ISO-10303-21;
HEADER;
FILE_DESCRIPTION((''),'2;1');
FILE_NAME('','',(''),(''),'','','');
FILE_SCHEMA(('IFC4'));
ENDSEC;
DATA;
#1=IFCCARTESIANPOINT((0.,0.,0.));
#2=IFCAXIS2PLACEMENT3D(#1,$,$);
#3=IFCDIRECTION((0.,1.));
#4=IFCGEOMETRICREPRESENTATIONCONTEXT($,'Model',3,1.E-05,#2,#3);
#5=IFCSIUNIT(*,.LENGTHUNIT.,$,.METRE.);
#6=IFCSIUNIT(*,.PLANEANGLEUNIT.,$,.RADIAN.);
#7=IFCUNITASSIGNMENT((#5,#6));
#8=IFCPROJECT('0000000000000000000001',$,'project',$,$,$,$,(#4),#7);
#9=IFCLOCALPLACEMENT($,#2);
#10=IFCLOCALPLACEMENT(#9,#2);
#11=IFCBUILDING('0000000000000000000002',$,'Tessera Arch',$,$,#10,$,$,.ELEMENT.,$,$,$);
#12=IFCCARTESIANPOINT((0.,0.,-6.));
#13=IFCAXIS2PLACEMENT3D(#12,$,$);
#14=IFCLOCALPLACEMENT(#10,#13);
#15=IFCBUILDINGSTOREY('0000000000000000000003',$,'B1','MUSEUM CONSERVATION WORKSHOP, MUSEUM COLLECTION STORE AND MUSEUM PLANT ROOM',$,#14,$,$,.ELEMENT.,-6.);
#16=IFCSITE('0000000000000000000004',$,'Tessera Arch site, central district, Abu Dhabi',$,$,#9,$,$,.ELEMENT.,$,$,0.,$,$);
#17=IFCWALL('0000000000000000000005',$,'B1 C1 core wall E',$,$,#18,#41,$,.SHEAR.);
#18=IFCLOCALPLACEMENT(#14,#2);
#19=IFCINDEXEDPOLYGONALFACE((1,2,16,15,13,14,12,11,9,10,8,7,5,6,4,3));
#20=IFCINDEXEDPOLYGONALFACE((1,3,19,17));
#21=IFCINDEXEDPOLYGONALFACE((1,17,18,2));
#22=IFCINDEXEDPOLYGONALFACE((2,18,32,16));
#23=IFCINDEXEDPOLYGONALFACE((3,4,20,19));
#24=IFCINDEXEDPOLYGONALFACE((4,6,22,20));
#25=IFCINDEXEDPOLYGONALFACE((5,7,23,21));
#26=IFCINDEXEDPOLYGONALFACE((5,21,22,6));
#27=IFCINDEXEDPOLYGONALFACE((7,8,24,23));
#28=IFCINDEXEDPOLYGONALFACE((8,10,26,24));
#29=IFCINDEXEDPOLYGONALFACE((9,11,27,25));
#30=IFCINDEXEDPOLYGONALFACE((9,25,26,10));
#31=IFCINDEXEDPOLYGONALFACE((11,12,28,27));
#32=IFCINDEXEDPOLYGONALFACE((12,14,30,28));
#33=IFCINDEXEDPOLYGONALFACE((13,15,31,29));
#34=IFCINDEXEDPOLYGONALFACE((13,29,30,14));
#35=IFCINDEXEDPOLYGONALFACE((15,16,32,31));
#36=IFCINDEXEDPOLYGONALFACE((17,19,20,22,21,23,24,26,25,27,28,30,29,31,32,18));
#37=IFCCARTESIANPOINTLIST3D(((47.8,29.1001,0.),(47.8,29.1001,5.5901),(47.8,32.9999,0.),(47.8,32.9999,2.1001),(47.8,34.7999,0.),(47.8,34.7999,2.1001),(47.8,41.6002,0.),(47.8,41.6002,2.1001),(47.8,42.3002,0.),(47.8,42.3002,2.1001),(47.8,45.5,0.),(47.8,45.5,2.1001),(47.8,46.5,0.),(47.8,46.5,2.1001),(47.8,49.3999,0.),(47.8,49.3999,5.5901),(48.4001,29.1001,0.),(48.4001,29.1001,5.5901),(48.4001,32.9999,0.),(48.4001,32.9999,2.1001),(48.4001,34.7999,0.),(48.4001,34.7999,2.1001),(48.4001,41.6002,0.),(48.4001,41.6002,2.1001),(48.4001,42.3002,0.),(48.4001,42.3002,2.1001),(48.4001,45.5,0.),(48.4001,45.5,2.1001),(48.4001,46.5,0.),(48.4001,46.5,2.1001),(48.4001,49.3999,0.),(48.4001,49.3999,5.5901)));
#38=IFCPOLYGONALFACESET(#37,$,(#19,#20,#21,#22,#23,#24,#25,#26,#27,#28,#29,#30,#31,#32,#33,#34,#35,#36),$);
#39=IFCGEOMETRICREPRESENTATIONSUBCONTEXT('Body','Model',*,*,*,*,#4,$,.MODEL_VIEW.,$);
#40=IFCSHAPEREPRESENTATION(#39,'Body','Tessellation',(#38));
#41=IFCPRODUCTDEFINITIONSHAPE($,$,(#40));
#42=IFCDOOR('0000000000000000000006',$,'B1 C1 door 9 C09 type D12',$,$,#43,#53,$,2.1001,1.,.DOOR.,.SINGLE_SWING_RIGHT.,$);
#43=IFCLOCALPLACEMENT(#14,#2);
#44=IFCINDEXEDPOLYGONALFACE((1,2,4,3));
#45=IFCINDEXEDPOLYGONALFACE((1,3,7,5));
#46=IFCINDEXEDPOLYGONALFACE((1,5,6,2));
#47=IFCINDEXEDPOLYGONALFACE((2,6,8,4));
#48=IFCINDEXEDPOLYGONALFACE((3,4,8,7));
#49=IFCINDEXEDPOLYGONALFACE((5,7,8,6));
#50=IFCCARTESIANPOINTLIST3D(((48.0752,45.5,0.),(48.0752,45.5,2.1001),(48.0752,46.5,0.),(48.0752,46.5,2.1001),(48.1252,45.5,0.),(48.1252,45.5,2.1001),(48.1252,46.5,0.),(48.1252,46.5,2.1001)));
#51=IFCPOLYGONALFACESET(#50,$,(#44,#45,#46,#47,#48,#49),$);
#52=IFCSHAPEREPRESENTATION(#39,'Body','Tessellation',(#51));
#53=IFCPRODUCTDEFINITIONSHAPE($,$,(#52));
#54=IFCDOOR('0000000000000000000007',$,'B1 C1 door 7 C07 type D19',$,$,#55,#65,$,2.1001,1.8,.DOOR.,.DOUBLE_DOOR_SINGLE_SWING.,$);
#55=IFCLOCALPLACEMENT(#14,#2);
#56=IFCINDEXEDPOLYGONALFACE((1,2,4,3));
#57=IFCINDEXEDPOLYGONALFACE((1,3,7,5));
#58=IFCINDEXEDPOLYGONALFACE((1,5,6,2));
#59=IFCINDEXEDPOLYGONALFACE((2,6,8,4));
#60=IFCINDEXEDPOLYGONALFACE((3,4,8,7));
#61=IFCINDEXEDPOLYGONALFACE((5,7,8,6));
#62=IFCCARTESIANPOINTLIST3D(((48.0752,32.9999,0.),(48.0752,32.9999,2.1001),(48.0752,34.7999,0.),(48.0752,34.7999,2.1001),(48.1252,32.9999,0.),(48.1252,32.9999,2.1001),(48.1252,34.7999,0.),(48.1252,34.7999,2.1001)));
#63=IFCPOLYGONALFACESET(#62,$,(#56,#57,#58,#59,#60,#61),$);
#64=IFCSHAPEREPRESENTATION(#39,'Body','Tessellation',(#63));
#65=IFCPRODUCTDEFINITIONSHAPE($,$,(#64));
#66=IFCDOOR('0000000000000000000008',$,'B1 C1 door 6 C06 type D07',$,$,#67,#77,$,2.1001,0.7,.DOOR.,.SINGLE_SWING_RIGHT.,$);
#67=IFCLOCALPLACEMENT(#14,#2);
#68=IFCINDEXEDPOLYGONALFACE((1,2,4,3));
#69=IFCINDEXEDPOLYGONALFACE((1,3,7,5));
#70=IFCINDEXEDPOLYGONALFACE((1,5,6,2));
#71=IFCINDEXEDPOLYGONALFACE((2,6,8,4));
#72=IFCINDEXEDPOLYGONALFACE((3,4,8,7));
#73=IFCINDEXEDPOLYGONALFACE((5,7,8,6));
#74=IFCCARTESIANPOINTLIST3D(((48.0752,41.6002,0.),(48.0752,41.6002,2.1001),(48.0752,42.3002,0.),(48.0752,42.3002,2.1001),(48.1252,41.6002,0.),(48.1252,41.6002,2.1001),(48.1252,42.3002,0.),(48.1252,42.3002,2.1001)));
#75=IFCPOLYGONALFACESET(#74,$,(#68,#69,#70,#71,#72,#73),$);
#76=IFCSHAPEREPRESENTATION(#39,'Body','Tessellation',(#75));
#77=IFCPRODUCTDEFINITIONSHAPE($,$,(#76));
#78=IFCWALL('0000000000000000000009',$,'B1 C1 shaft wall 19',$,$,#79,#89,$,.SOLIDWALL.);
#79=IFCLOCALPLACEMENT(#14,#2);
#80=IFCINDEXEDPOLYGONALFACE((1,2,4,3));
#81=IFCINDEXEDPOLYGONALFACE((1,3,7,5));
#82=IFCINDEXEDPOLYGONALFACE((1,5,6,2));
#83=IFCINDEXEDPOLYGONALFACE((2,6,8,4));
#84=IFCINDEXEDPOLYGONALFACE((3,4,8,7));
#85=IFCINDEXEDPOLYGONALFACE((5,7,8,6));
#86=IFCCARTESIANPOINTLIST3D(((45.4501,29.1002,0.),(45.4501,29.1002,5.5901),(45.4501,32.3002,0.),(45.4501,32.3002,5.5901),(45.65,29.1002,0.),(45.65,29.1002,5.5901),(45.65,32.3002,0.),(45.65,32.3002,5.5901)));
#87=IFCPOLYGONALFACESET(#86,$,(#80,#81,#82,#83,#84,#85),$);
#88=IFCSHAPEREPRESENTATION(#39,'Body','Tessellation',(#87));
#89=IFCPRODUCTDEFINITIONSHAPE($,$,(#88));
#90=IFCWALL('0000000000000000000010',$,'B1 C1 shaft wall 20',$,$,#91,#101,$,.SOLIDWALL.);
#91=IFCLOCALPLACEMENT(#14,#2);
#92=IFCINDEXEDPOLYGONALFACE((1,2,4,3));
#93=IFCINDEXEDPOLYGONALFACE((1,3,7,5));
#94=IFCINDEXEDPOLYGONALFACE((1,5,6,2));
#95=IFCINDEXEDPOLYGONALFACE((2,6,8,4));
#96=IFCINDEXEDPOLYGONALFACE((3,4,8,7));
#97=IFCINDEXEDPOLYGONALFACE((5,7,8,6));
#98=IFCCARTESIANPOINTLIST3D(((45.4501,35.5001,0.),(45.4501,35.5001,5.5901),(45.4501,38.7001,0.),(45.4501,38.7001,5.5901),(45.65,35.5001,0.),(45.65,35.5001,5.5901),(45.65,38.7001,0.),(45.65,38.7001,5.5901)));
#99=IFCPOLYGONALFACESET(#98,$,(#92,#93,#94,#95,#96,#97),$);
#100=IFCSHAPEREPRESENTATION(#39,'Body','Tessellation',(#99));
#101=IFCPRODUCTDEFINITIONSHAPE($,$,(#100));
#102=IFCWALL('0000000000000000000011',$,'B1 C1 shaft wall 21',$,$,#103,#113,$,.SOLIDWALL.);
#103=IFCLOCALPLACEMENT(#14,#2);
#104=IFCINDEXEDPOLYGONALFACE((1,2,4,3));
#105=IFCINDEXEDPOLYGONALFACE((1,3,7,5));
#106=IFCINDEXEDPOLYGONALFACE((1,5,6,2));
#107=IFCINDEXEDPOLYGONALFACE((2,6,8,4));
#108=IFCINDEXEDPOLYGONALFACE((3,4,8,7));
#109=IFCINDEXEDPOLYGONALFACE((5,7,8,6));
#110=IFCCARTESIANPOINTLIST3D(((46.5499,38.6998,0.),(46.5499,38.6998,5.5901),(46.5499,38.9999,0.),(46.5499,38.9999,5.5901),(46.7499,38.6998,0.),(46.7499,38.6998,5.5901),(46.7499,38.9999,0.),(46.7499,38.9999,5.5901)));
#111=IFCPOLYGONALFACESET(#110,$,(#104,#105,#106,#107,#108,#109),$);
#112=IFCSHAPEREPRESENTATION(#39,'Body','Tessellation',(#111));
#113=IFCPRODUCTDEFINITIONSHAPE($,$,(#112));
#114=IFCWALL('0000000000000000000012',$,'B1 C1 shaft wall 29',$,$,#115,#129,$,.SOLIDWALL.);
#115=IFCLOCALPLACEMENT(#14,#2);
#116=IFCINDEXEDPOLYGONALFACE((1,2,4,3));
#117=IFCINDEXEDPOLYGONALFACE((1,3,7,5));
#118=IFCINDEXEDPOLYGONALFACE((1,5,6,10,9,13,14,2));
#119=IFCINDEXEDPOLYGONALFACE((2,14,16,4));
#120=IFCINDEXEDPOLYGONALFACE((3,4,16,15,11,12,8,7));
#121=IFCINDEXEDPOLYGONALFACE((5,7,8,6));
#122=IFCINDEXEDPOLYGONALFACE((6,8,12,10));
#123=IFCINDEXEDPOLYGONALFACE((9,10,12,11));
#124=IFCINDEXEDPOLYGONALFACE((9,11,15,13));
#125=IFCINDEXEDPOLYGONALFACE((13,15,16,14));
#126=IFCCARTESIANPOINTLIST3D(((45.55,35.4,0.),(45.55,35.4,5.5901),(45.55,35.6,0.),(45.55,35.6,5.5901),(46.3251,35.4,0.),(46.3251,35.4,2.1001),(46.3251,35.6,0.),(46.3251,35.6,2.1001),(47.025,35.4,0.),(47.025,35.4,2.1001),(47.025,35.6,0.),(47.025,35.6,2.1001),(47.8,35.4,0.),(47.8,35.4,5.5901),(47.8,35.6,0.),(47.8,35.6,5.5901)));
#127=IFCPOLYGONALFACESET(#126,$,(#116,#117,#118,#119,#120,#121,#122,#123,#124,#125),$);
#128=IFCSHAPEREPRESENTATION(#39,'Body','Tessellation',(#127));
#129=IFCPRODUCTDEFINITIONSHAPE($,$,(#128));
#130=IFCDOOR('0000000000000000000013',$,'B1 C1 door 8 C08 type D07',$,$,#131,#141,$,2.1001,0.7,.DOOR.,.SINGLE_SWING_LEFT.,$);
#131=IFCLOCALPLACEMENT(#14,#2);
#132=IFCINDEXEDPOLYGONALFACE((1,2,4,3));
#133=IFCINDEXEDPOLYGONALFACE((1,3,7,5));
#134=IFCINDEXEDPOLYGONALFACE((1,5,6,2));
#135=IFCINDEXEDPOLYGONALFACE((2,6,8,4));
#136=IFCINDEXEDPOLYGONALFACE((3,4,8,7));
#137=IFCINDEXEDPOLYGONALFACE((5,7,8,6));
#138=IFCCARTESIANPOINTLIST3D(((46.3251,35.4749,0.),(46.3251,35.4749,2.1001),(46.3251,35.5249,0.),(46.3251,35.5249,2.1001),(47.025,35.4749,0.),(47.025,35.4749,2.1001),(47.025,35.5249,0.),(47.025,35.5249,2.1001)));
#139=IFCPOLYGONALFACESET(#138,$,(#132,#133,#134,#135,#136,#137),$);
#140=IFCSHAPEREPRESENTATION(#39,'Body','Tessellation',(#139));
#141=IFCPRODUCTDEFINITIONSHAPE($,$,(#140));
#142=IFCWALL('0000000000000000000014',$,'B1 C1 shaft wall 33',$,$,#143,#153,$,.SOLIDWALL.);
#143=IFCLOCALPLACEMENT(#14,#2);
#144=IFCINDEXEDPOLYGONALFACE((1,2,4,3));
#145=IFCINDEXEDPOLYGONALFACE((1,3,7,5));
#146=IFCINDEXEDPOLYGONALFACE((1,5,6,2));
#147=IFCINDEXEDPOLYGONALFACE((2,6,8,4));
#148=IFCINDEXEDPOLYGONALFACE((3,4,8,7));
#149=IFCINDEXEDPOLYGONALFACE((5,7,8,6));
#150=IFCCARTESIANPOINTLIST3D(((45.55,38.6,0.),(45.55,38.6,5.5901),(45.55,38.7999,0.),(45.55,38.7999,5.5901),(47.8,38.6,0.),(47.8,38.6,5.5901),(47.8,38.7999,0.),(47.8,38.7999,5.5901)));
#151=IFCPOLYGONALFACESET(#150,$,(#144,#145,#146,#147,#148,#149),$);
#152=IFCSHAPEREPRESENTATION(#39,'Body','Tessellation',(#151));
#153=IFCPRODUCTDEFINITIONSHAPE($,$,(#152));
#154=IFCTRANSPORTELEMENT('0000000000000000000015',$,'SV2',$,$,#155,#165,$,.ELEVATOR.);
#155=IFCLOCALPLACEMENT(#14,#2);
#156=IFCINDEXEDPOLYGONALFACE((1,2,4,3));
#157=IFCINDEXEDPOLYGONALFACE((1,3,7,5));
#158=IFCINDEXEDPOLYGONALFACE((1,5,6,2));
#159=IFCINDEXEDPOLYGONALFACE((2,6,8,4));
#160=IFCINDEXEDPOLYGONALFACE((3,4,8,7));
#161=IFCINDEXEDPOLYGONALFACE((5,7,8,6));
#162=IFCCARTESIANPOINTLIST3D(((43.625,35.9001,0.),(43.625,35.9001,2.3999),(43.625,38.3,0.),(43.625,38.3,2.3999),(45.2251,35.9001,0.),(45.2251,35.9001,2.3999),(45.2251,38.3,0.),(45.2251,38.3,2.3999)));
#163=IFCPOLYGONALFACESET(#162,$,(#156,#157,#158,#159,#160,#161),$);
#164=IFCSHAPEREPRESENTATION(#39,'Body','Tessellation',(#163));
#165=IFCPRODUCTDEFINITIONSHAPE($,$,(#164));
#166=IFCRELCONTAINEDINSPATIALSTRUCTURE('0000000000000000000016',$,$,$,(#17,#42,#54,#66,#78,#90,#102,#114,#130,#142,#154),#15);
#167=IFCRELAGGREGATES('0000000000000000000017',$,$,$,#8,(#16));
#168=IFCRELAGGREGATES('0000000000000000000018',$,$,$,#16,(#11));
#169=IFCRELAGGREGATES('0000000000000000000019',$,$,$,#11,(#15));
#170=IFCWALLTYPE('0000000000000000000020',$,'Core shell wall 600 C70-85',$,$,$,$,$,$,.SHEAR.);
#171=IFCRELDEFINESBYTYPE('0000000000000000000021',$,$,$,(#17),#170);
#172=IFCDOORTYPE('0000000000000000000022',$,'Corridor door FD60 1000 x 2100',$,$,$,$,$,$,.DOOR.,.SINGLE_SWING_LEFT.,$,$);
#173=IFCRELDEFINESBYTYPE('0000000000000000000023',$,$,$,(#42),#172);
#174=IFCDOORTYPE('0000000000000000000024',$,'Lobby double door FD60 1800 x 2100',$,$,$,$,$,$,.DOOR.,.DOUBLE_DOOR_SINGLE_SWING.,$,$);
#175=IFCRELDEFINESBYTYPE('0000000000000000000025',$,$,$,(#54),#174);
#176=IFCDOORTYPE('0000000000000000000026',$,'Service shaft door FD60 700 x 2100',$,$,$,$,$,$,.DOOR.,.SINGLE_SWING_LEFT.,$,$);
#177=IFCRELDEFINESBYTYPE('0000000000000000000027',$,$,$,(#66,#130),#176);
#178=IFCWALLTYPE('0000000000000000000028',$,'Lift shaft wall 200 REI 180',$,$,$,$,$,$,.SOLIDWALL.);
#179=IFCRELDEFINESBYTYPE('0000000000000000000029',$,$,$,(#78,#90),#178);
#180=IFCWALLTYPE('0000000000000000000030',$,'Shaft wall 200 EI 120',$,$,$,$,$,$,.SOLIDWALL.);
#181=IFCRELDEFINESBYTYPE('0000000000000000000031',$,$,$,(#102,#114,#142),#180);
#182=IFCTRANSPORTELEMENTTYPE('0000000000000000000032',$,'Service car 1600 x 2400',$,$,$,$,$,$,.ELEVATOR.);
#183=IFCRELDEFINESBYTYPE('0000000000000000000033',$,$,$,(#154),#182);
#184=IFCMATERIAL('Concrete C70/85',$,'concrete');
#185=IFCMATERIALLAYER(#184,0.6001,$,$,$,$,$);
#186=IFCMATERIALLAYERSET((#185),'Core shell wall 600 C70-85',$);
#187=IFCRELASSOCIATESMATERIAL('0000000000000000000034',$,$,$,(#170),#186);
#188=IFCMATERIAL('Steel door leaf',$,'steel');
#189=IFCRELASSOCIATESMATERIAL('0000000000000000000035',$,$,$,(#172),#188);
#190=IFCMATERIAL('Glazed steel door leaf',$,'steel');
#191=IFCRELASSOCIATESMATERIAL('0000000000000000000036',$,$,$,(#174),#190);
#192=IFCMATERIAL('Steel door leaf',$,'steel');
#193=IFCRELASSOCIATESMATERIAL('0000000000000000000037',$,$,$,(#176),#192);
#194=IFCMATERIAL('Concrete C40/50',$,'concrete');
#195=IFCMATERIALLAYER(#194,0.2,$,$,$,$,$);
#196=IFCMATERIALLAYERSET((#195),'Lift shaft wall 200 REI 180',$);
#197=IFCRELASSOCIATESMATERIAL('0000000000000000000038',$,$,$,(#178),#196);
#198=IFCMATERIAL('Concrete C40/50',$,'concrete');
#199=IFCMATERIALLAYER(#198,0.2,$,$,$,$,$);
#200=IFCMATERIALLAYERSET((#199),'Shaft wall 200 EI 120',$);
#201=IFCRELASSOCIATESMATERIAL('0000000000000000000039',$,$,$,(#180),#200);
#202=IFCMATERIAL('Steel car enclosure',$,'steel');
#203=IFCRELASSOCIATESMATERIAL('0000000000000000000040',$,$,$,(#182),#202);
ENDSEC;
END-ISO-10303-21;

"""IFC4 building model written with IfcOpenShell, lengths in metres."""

from ifc_helpers import new_model, si_unit, direction, frame, frame_2d, origin, origin_2d, place, context, subcontext, project, spatial, rectangle, extrude, material, layer, layer_set, type_object, element, fill, save


model = new_model("IFC4")

# Units and contexts
model_context = context("Model", 3, precision=1e-05, world=origin(), true_north=direction((0.0, 1.0)))
body_context = subcontext(model_context, "Body", "Model", "MODEL_VIEW")
ifc_project = project(units=[si_unit("LENGTHUNIT", "METRE"), si_unit("PLANEANGLEUNIT", "RADIAN")], contexts=[model_context])

# Site, building, storey
site_placement = place(None, origin())
site = spatial("IfcSite", under=ifc_project, at=site_placement, Name="Tessera Arch site, central district, Abu Dhabi", CompositionType="ELEMENT", RefElevation=0.0)
building_placement = place(site_placement, origin())
building = spatial("IfcBuilding", under=site, at=building_placement, Name="Tessera Arch", CompositionType="ELEMENT")
storey_placement = place(building_placement, frame((0.0, 0.0, -6.0)))
storey = spatial("IfcBuildingStorey", under=building, at=storey_placement, Name="B1", Description="MUSEUM CONSERVATION WORKSHOP, MUSEUM COLLECTION STORE AND MUSEUM PLANT ROOM", CompositionType="ELEMENT", Elevation=-6.0)

# Wall, openings, doors
ifc_material_1 = material(Name="Concrete C70/85", Category="concrete")
ifc_layer_1 = layer(ifc_material_1, 0.6001)
ifc_layer_set_1 = layer_set([ifc_layer_1], Name="Core shell wall 600 C70-85")
wall_type_1 = type_object("IfcWallType", Name="Core shell wall 600 C70-85", PredefinedType="SHEAR", material=ifc_layer_set_1)
wall_1_placement = place(storey_placement, frame((48.1001, 29.1001, 0.0), z_axis=(0.0, 0.0, 1.0), x_axis=(0.0, 1.0, 0.0)))
wall_1 = element("IfcWall", 1, at=wall_1_placement, inside=storey, type_object=wall_type_1, Name="B1 C1 core wall E", PredefinedType="SHEAR", context=body_context, shape_type="SweptSolid", body=[
    extrude(rectangle(XDim=20.2998, YDim=0.6001, at=frame_2d((10.1499, 0.0))), origin(), (0.0, 0.0, 1.0), 5.5901),
])
opening_1_placement = place(wall_1_placement, frame((12.5, 0.0, 0.0)))
opening_1 = element("IfcOpeningElement", 2, at=opening_1_placement, cuts=wall_1, PredefinedType="OPENING", context=body_context, shape_type="SweptSolid", body=[
    extrude(rectangle(XDim=0.7, YDim=2.1001, at=frame_2d((0.3501, 1.05))), frame((0.0, 0.3101, 0.0), z_axis=(0.0, -1.0, 0.0), x_axis=(1.0, 0.0, 0.0)), (0.0, 0.0, 1.0), 0.6201),
])
opening_2_placement = place(wall_1_placement, frame((3.8999, 0.0, 0.0)))
opening_2 = element("IfcOpeningElement", 3, at=opening_2_placement, cuts=wall_1, PredefinedType="OPENING", context=body_context, shape_type="SweptSolid", body=[
    extrude(rectangle(XDim=1.8, YDim=2.1001, at=frame_2d((0.8999, 1.05))), frame((0.0, 0.3101, 0.0), z_axis=(0.0, -1.0, 0.0), x_axis=(1.0, 0.0, 0.0)), (0.0, 0.0, 1.0), 0.6201),
])
opening_3_placement = place(wall_1_placement, frame((16.3999, 0.0, 0.0)))
opening_3 = element("IfcOpeningElement", 4, at=opening_3_placement, cuts=wall_1, PredefinedType="OPENING", context=body_context, shape_type="SweptSolid", body=[
    extrude(rectangle(XDim=1.0, YDim=2.1001, at=frame_2d((0.5, 1.05))), frame((0.0, 0.3101, 0.0), z_axis=(0.0, -1.0, 0.0), x_axis=(1.0, 0.0, 0.0)), (0.0, 0.0, 1.0), 0.6201),
])
ifc_material_2 = material(Name="Steel door leaf", Category="steel")
door_type_1 = type_object("IfcDoorType", Name="Corridor door FD60 1000 x 2100", OperationType="SINGLE_SWING_LEFT", PredefinedType="DOOR", material=ifc_material_2)
door_1_placement = place(opening_3_placement, origin())
door_1 = element("IfcDoor", 5, at=door_1_placement, inside=storey, type_object=door_type_1, Name="B1 C1 door 9 C09 type D12", OperationType="SINGLE_SWING_RIGHT", OverallHeight=2.1001, OverallWidth=1.0, PredefinedType="DOOR", context=body_context, shape_type="SweptSolid", body=[
    extrude(rectangle(XDim=1.0, YDim=2.1001, at=frame_2d((0.5, 1.05))), frame((0.0, 0.0249, 0.0), z_axis=(0.0, -1.0, 0.0), x_axis=(1.0, 0.0, 0.0)), (0.0, 0.0, 1.0), 0.05),
])
fill(opening_3, door_1)
ifc_material_3 = material(Name="Glazed steel door leaf", Category="steel")
door_type_2 = type_object("IfcDoorType", Name="Lobby double door FD60 1800 x 2100", OperationType="DOUBLE_DOOR_SINGLE_SWING", PredefinedType="DOOR", material=ifc_material_3)
door_2_placement = place(opening_2_placement, origin())
door_2 = element("IfcDoor", 6, at=door_2_placement, inside=storey, type_object=door_type_2, Name="B1 C1 door 7 C07 type D19", OperationType="DOUBLE_DOOR_SINGLE_SWING", OverallHeight=2.1001, OverallWidth=1.8, PredefinedType="DOOR", context=body_context, shape_type="SweptSolid", body=[
    extrude(rectangle(XDim=1.8, YDim=2.1001, at=frame_2d((0.8999, 1.05))), frame((0.0, 0.0249, 0.0), z_axis=(0.0, -1.0, 0.0), x_axis=(1.0, 0.0, 0.0)), (0.0, 0.0, 1.0), 0.05),
])
fill(opening_2, door_2)
ifc_material_4 = material(Name="Steel door leaf", Category="steel")
door_type_3 = type_object("IfcDoorType", Name="Service shaft door FD60 700 x 2100", OperationType="SINGLE_SWING_LEFT", PredefinedType="DOOR", material=ifc_material_4)
door_3_placement = place(opening_1_placement, origin())
door_3 = element("IfcDoor", 7, at=door_3_placement, inside=storey, type_object=door_type_3, Name="B1 C1 door 6 C06 type D07", OperationType="SINGLE_SWING_RIGHT", OverallHeight=2.1001, OverallWidth=0.7, PredefinedType="DOOR", context=body_context, shape_type="SweptSolid", body=[
    extrude(rectangle(XDim=0.7, YDim=2.1001, at=frame_2d((0.3501, 1.05))), frame((0.0, 0.0249, 0.0), z_axis=(0.0, -1.0, 0.0), x_axis=(1.0, 0.0, 0.0)), (0.0, 0.0, 1.0), 0.05),
])
fill(opening_1, door_3)

# Walls
ifc_material_5 = material(Name="Concrete C40/50", Category="concrete")
ifc_layer_2 = layer(ifc_material_5, 0.2)
ifc_layer_set_2 = layer_set([ifc_layer_2], Name="Lift shaft wall 200 REI 180")
wall_type_2 = type_object("IfcWallType", Name="Lift shaft wall 200 REI 180", PredefinedType="SOLIDWALL", material=ifc_layer_set_2)
for number, where, z_axis, x_axis, name in (
    (8, (45.55, 29.1001, 0.0), (0.0, 0.0, 1.0), (0.0, 1.0, 0.0), "B1 C1 shaft wall 19"),
    (9, (45.55, 35.5, 0.0), (0.0, 0.0, 1.0), (0.0, 1.0, 0.0), "B1 C1 shaft wall 20"),
):
    element("IfcWall", number, at=place(storey_placement, frame(where, z_axis=z_axis, x_axis=x_axis)), inside=storey, type_object=wall_type_2, Name=name, PredefinedType="SOLIDWALL", context=body_context, shape_type="SweptSolid", body=[
        extrude(rectangle(XDim=3.2, YDim=0.2, at=frame_2d((1.6001, 0.0))), origin(), (0.0, 0.0, 1.0), 5.5901),
    ])
ifc_material_6 = material(Name="Concrete C40/50", Category="concrete")
ifc_layer_3 = layer(ifc_material_6, 0.2)
ifc_layer_set_3 = layer_set([ifc_layer_3], Name="Shaft wall 200 EI 120")
wall_type_3 = type_object("IfcWallType", Name="Shaft wall 200 EI 120", PredefinedType="SOLIDWALL", material=ifc_layer_set_3)
wall_2_placement = place(storey_placement, frame((46.6499, 38.7, 0.0), z_axis=(0.0, 0.0, 1.0), x_axis=(0.0, 1.0, 0.0)))
element("IfcWall", 10, at=wall_2_placement, inside=storey, type_object=wall_type_3, Name="B1 C1 shaft wall 21", PredefinedType="SOLIDWALL", context=body_context, shape_type="SweptSolid", body=[
    extrude(rectangle(XDim=0.3, YDim=0.2, at=frame_2d((0.1499, 0.0))), origin(), (0.0, 0.0, 1.0), 5.5901),
])

# Wall, opening, door
wall_3_placement = place(storey_placement, frame((45.55, 35.5, 0.0), z_axis=(0.0, 0.0, 1.0), x_axis=(1.0, 0.0, 0.0)))
wall_3 = element("IfcWall", 11, at=wall_3_placement, inside=storey, type_object=wall_type_3, Name="B1 C1 shaft wall 29", PredefinedType="SOLIDWALL", context=body_context, shape_type="SweptSolid", body=[
    extrude(rectangle(XDim=2.25, YDim=0.2, at=frame_2d((1.125, 0.0))), origin(), (0.0, 0.0, 1.0), 5.5901),
])
opening_4_placement = place(wall_3_placement, frame((0.7749, 0.0, 0.0)))
opening_4 = element("IfcOpeningElement", 12, at=opening_4_placement, cuts=wall_3, PredefinedType="OPENING", context=body_context, shape_type="SweptSolid", body=[
    extrude(rectangle(XDim=0.7, YDim=2.1001, at=frame_2d((0.3501, 1.05))), frame((0.0, 0.1099, 0.0), z_axis=(0.0, -1.0, 0.0), x_axis=(1.0, 0.0, 0.0)), (0.0, 0.0, 1.0), 0.22),
])
door_4_placement = place(opening_4_placement, origin())
door_4 = element("IfcDoor", 13, at=door_4_placement, inside=storey, type_object=door_type_3, Name="B1 C1 door 8 C08 type D07", OperationType="SINGLE_SWING_LEFT", OverallHeight=2.1001, OverallWidth=0.7, PredefinedType="DOOR", context=body_context, shape_type="SweptSolid", body=[
    extrude(rectangle(XDim=0.7, YDim=2.1001, at=frame_2d((0.3501, 1.05))), frame((0.0, 0.0249, 0.0), z_axis=(0.0, -1.0, 0.0), x_axis=(1.0, 0.0, 0.0)), (0.0, 0.0, 1.0), 0.05),
])
fill(opening_4, door_4)

# Wall
wall_4_placement = place(storey_placement, frame((45.55, 38.7, 0.0), z_axis=(0.0, 0.0, 1.0), x_axis=(1.0, 0.0, 0.0)))
element("IfcWall", 14, at=wall_4_placement, inside=storey, type_object=wall_type_3, Name="B1 C1 shaft wall 33", PredefinedType="SOLIDWALL", context=body_context, shape_type="SweptSolid", body=[
    extrude(rectangle(XDim=2.25, YDim=0.2, at=frame_2d((1.125, 0.0))), origin(), (0.0, 0.0, 1.0), 5.5901),
])

# Transport element
ifc_material_7 = material(Name="Steel car enclosure", Category="steel")
transport_element_type = type_object("IfcTransportElementType", Name="Service car 1600 x 2400", PredefinedType="ELEVATOR", material=ifc_material_7)
transport_element_placement = place(storey_placement, frame((44.425, 37.1001, 0.0), z_axis=(0.0, 0.0, 1.0), x_axis=(1.0, 0.0, 0.0)))
element("IfcTransportElement", 15, at=transport_element_placement, inside=storey, type_object=transport_element_type, Name="SV2", PredefinedType="ELEVATOR", context=body_context, shape_type="SweptSolid", body=[
    extrude(rectangle(XDim=1.6001, YDim=2.3999, at=origin_2d()), origin(), (0.0, 0.0, 1.0), 2.3999),
])

save(model, "model.ifc")
